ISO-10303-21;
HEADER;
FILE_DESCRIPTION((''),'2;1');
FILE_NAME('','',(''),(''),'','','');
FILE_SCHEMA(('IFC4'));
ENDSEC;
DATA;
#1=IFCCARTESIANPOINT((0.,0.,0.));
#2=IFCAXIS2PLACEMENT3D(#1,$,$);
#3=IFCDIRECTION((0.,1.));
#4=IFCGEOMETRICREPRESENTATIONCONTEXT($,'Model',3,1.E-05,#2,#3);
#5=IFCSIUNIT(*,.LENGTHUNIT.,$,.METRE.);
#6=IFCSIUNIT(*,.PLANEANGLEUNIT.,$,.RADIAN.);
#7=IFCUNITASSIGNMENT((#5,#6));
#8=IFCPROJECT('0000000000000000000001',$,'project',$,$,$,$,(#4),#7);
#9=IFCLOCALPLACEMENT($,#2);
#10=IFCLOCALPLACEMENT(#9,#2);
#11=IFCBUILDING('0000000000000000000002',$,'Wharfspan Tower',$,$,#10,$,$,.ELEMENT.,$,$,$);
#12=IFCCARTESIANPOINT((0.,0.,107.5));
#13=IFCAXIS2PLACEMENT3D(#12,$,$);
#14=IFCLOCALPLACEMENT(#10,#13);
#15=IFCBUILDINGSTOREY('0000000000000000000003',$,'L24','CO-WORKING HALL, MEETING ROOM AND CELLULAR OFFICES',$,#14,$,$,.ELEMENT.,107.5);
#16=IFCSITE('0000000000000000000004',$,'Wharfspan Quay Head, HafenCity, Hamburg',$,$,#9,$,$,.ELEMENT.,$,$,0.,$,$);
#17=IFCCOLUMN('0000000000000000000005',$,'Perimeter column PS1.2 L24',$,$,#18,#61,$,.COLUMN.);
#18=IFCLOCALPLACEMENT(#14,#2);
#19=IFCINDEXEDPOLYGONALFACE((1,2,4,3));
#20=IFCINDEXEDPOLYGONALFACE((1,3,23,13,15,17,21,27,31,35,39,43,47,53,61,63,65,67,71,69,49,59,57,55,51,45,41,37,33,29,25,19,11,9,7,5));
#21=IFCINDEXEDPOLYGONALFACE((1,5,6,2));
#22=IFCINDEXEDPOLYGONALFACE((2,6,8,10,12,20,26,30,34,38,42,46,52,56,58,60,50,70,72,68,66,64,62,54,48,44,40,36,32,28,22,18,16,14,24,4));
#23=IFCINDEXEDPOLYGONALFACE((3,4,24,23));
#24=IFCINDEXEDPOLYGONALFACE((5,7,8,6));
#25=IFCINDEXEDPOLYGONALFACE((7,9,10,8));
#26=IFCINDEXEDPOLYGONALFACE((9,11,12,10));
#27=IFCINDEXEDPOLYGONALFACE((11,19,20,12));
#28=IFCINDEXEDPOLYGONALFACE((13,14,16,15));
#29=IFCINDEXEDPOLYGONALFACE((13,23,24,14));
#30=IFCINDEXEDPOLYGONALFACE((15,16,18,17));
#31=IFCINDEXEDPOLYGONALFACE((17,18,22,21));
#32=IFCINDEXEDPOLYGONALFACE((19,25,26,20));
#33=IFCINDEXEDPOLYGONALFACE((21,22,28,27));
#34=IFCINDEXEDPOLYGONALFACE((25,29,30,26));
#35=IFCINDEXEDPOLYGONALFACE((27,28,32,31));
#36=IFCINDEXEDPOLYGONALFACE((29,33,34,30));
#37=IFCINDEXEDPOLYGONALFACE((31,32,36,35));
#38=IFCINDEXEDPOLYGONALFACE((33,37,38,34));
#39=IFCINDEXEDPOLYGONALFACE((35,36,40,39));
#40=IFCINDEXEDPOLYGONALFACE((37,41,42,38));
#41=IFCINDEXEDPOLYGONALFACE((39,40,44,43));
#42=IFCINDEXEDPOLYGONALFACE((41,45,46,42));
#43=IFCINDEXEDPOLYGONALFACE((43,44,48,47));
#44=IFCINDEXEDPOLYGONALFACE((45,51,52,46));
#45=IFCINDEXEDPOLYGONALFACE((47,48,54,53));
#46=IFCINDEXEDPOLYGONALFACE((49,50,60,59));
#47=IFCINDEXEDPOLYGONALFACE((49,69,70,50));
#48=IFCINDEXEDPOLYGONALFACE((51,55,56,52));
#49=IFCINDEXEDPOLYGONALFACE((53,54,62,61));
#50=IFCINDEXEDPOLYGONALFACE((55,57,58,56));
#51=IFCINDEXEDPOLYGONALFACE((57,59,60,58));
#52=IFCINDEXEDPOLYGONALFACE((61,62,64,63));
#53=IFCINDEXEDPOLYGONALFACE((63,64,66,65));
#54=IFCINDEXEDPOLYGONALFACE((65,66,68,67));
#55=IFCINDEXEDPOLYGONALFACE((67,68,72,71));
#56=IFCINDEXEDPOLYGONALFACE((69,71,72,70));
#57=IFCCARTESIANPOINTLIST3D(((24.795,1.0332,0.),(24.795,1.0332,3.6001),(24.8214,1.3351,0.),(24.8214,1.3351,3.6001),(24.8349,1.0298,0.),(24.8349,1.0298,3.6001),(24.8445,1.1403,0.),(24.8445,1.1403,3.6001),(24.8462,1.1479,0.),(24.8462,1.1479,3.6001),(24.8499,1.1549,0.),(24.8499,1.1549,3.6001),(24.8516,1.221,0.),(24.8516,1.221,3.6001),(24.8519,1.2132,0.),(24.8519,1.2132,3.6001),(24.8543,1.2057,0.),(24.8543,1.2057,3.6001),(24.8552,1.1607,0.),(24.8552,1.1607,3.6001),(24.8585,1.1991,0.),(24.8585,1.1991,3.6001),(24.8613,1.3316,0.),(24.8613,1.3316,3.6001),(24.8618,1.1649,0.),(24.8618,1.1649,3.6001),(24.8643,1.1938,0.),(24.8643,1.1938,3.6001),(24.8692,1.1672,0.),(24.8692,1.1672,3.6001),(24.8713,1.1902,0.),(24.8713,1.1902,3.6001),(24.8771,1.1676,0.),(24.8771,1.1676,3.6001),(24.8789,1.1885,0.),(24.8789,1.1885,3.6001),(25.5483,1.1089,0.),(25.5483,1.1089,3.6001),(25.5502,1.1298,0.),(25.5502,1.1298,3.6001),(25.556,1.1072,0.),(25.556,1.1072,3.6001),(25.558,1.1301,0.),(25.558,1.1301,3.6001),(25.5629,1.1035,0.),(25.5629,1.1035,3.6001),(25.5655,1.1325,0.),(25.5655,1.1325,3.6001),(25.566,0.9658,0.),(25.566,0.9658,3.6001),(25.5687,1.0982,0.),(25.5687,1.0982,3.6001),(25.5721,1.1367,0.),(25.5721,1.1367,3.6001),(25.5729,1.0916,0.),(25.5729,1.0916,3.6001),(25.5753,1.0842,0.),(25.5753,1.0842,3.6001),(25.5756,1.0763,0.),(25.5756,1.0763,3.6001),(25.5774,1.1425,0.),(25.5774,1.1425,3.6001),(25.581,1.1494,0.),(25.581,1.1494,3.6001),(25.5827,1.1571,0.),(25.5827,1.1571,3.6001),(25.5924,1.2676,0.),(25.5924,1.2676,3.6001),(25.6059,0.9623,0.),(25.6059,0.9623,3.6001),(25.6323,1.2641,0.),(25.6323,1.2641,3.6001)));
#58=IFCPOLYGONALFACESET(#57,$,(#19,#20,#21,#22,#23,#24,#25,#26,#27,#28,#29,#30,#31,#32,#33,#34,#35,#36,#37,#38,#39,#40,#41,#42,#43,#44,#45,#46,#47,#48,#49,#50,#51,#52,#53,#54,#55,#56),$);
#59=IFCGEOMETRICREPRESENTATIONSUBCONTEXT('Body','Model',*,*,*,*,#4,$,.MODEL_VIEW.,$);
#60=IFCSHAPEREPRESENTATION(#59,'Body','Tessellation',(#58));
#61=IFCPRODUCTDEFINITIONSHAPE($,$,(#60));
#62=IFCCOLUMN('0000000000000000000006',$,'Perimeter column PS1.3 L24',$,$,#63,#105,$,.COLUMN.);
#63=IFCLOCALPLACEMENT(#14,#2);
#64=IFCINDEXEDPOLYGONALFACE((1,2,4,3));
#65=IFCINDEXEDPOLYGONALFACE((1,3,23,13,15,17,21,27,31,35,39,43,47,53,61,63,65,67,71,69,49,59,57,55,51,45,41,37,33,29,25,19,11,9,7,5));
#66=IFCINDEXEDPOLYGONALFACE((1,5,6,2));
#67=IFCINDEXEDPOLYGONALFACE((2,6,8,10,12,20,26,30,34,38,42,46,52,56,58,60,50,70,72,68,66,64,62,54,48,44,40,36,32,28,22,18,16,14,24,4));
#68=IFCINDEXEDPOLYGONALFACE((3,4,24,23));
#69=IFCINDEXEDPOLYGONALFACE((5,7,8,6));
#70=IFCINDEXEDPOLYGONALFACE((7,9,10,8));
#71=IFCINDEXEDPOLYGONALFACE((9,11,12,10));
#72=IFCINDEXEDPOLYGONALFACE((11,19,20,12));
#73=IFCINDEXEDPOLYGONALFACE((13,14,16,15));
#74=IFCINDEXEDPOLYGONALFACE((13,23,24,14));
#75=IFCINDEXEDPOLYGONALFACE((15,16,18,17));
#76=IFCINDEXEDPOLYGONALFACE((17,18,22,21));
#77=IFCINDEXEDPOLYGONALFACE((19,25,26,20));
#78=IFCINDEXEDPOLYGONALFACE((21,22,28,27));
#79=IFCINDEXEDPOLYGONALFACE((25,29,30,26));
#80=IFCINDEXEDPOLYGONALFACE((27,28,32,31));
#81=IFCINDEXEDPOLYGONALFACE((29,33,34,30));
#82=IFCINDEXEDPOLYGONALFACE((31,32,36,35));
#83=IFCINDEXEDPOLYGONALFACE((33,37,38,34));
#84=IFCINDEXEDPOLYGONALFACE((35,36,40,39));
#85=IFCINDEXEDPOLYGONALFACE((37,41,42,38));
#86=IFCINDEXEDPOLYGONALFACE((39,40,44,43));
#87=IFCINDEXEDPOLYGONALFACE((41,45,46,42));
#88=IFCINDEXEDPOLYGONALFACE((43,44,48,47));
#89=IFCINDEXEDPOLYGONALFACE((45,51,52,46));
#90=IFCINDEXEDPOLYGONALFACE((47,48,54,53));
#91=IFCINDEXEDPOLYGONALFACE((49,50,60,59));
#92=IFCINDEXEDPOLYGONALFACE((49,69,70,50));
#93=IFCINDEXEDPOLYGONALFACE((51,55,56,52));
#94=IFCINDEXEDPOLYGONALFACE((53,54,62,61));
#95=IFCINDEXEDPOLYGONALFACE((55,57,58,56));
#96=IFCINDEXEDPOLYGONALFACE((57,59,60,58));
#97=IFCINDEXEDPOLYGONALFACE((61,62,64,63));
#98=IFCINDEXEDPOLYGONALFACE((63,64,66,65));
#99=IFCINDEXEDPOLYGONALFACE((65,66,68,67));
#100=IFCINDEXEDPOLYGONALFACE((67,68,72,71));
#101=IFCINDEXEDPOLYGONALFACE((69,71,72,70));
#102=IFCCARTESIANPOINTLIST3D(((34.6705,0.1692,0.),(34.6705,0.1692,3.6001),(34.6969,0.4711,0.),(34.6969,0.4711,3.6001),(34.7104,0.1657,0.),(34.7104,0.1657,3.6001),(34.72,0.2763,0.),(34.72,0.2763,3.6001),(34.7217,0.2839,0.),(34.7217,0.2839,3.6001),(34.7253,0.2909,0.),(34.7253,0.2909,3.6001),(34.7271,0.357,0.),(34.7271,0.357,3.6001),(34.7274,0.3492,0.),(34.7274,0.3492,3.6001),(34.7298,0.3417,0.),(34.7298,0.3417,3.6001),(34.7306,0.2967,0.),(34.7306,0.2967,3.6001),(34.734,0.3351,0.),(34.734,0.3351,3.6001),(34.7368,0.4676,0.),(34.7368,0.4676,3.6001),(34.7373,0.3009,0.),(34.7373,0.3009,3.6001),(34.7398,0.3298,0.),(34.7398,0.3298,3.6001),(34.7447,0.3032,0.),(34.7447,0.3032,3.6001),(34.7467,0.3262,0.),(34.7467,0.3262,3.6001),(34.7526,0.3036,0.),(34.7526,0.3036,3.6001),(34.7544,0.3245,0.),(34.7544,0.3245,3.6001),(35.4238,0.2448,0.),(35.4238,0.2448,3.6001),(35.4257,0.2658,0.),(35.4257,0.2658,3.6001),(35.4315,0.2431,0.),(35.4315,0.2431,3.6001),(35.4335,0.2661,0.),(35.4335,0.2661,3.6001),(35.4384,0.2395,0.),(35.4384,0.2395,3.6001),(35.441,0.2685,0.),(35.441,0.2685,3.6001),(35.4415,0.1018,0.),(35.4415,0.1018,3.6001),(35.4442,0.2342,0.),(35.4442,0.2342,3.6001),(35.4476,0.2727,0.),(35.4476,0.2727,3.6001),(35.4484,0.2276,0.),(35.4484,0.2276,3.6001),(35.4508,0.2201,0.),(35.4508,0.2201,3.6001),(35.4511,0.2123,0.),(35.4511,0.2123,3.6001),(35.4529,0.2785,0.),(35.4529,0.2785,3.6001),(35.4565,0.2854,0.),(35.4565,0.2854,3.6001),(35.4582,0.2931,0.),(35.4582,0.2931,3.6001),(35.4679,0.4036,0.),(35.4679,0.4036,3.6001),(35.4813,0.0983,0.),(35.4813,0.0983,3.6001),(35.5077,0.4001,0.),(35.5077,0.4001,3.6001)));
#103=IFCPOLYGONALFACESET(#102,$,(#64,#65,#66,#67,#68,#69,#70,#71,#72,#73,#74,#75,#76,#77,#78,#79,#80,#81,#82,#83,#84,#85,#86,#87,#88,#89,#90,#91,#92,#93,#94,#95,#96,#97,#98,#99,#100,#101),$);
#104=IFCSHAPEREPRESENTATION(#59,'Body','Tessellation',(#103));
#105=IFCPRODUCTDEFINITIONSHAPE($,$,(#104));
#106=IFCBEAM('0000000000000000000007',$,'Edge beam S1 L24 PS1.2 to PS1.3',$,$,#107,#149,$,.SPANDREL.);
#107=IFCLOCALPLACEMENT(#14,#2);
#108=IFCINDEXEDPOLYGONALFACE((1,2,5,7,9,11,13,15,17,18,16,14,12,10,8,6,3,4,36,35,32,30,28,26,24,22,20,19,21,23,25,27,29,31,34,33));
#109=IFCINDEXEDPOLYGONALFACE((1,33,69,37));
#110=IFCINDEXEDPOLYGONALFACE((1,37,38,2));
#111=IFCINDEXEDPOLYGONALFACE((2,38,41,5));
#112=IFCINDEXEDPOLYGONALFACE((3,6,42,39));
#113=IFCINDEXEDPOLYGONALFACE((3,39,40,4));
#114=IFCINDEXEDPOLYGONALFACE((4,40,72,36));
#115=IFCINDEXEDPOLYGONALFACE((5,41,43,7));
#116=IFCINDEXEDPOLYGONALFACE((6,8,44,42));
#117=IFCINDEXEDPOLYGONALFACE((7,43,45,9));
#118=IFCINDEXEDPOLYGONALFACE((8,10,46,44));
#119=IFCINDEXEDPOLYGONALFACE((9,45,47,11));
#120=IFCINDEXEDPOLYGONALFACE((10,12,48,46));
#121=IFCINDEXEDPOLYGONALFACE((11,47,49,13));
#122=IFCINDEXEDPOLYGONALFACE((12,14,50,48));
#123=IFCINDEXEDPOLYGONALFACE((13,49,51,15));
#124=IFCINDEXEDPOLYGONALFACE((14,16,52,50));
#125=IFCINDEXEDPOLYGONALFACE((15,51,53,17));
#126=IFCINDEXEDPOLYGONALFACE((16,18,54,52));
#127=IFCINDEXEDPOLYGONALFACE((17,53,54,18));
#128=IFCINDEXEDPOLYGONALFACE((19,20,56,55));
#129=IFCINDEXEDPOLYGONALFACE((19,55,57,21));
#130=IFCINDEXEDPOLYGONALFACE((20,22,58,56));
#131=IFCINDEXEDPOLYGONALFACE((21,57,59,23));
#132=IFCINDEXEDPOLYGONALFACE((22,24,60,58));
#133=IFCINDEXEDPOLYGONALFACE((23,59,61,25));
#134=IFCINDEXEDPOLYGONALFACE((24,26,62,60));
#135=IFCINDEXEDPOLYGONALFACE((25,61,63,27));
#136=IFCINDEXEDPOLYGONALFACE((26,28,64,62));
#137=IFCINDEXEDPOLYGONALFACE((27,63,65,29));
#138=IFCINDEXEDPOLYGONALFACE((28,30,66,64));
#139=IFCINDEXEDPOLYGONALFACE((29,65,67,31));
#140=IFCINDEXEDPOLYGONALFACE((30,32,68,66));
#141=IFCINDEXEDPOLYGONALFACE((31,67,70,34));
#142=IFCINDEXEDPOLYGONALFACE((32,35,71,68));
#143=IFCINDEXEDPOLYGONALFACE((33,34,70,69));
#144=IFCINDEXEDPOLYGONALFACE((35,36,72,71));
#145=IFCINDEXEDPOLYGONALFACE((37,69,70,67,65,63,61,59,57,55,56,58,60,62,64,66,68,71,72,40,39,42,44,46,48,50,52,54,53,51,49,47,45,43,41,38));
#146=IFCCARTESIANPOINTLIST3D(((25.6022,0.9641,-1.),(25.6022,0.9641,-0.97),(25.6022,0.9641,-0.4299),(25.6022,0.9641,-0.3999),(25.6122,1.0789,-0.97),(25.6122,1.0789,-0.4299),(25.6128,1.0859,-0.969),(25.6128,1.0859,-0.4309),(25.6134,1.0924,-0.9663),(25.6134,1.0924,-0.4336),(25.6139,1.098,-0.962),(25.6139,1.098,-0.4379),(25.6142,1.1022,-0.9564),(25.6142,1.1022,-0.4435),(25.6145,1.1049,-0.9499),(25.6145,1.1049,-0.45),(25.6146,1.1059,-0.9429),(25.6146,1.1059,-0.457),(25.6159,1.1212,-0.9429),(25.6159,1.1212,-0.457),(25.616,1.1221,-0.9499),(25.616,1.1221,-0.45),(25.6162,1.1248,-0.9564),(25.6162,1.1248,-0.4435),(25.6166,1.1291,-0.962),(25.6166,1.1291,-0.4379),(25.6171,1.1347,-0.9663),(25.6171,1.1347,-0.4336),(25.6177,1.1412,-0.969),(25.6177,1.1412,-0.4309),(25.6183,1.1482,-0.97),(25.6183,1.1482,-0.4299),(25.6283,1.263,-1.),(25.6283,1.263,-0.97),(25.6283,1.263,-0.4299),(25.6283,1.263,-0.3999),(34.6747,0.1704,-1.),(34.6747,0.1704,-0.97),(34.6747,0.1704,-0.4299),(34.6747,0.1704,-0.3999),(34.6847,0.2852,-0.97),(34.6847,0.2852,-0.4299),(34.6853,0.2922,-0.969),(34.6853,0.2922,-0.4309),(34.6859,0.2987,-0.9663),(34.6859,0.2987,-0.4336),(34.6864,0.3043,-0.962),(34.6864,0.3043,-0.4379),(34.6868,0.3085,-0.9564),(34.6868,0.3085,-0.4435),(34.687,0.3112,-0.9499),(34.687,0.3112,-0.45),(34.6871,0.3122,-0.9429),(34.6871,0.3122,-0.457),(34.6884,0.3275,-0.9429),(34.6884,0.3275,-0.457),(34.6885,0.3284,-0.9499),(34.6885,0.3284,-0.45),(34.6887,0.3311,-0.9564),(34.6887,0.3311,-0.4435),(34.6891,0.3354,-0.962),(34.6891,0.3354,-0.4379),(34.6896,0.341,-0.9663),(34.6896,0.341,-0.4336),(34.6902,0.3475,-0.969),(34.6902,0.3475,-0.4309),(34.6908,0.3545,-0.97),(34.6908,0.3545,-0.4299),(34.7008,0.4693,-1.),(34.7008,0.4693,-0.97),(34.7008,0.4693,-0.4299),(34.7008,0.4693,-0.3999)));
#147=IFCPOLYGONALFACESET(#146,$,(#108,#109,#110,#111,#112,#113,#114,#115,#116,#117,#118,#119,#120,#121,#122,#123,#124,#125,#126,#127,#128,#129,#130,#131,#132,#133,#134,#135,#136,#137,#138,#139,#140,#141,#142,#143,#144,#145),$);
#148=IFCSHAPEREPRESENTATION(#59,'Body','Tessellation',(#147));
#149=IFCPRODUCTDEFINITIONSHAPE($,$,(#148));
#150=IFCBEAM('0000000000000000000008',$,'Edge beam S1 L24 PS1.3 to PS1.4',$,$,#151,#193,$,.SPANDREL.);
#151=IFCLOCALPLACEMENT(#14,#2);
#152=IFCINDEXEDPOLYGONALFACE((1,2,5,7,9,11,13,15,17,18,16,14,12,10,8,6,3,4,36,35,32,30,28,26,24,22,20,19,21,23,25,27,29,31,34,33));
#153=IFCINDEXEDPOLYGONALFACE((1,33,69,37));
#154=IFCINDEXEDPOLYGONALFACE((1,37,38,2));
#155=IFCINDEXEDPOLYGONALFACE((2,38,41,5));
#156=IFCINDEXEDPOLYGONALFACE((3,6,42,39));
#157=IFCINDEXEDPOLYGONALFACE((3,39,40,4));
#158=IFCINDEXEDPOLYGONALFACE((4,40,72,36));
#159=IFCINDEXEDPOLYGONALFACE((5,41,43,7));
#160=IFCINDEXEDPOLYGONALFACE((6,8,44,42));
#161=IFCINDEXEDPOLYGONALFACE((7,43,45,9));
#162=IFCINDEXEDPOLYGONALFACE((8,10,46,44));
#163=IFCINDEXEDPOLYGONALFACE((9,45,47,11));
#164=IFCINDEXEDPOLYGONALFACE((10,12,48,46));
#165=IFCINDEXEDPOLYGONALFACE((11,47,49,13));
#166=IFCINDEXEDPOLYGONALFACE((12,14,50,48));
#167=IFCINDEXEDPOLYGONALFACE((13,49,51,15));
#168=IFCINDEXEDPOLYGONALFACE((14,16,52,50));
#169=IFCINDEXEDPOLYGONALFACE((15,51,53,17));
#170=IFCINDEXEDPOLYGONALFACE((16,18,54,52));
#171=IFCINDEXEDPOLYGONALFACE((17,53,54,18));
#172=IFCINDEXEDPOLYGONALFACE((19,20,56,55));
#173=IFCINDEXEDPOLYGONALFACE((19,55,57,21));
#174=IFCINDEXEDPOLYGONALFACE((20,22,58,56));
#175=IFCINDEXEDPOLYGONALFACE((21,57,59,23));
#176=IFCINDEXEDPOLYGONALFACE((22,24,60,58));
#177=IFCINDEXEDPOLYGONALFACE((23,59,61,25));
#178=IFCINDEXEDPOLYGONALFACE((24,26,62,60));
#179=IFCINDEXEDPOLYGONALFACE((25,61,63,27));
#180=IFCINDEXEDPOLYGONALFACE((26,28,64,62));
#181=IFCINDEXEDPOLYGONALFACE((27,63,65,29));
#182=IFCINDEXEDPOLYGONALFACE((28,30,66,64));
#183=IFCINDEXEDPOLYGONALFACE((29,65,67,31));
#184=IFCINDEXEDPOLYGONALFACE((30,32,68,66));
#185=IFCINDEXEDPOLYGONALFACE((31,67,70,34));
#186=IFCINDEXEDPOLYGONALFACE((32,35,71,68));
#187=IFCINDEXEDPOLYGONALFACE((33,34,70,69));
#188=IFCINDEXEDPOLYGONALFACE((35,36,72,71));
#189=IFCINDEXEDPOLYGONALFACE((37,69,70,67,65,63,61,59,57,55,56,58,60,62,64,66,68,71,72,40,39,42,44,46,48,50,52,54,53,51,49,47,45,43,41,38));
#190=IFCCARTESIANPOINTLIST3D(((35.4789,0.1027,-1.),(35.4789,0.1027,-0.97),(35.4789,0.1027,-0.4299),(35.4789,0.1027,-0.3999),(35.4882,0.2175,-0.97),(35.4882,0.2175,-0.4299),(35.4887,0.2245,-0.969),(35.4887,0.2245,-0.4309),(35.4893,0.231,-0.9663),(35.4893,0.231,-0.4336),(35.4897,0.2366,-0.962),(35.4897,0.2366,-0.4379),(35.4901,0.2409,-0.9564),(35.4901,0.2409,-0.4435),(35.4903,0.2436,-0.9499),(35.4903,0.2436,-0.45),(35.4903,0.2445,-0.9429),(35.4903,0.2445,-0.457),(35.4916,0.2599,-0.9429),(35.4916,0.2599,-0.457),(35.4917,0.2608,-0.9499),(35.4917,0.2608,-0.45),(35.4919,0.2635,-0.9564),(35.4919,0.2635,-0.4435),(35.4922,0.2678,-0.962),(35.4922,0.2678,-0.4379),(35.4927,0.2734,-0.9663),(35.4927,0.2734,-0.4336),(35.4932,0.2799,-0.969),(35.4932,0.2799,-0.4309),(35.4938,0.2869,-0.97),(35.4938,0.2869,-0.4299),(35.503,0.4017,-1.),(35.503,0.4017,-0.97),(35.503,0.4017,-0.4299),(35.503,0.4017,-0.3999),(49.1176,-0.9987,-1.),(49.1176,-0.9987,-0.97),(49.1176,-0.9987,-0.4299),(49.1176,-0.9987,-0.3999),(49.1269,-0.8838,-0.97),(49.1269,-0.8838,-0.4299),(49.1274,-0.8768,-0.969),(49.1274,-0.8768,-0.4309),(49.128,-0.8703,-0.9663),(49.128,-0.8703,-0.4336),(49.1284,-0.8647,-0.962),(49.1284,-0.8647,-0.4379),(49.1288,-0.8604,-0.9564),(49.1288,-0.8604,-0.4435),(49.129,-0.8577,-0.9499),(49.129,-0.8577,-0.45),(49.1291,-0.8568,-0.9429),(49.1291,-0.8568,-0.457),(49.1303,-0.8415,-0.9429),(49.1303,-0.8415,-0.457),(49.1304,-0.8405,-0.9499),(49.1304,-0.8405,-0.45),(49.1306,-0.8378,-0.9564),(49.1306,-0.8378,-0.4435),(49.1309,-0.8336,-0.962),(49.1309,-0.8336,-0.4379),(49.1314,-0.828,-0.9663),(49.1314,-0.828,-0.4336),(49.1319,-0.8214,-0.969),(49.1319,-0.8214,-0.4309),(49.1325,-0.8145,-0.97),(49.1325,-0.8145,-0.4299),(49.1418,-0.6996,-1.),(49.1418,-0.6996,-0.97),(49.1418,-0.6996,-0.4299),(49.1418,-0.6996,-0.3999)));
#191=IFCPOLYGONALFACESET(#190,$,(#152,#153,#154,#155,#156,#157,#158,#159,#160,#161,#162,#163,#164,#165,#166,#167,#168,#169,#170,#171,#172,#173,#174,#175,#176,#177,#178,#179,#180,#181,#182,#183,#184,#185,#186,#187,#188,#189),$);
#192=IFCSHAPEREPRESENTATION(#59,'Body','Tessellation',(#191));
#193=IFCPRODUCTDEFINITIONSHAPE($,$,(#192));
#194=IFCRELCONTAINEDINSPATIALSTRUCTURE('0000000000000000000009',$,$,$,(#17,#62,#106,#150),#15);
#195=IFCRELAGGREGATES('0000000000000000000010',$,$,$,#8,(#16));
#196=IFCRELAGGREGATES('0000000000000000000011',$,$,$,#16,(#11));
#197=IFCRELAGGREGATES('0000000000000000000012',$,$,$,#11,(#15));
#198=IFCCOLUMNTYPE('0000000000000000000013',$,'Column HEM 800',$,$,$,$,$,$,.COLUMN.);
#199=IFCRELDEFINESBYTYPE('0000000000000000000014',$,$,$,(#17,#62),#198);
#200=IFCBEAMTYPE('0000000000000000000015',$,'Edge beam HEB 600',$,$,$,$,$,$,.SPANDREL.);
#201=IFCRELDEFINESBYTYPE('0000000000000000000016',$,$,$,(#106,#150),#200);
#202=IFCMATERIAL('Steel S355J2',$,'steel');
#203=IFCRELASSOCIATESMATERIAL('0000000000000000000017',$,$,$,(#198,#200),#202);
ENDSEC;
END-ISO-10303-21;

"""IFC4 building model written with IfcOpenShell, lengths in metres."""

from ifc_helpers import new_model, si_unit, direction, frame, origin, origin_2d, place, context, subcontext, project, spatial, i_section, extrude, material, material_profile, profile_set, type_object, element, save


model = new_model("IFC4")

# Units and contexts
model_context = context("Model", 3, precision=1e-05, world=origin(), true_north=direction((0.0, 1.0)))
body_context = subcontext(model_context, "Body", "Model", "MODEL_VIEW")
ifc_project = project(units=[si_unit("LENGTHUNIT", "METRE"), si_unit("PLANEANGLEUNIT", "RADIAN")], contexts=[model_context])

# Site, building, storey
site_placement = place(None, origin())
site = spatial("IfcSite", under=ifc_project, at=site_placement, Name="Wharfspan Quay Head, HafenCity, Hamburg", CompositionType="ELEMENT", RefElevation=0.0)
building_placement = place(site_placement, origin())
building = spatial("IfcBuilding", under=site, at=building_placement, Name="Wharfspan Tower", CompositionType="ELEMENT")
storey_placement = place(building_placement, frame((0.0, 0.0, 107.5)))
storey = spatial("IfcBuildingStorey", under=building, at=storey_placement, Name="L24", Description="CO-WORKING HALL, MEETING ROOM AND CELLULAR OFFICES", CompositionType="ELEMENT", Elevation=107.5)

# Columns
ifc_material_1 = material(Name="Steel S355J2", Category="steel")
ifc_material_profile_1 = material_profile(ifc_material_1, i_section(OverallWidth=0.303, OverallDepth=0.814, WebThickness=0.021, FlangeThickness=0.04, FilletRadius=0.03, at=origin_2d()))
ifc_profile_set_1 = profile_set([ifc_material_profile_1], Name="Steel S355J2")
column_type = type_object("IfcColumnType", Name="Column HEM 800", PredefinedType="COLUMN", material=ifc_profile_set_1)
for number, where, z_axis, x_axis, name in (
    (1, (25.2136, 1.1487, 0.0), (0.0, 0.0, 1.0), (-0.087156, -0.996198, 0.0), "Perimeter column PS1.2 L24"),
    (2, (35.0891, 0.2847, 0.0), (0.0, 0.0, 1.0), (-0.087156, -0.996198, 0.0), "Perimeter column PS1.3 L24"),
):
    element("IfcColumn", number, at=place(storey_placement, frame(where, z_axis=z_axis, x_axis=x_axis)), inside=storey, type_object=column_type, Name=name, PredefinedType="COLUMN", context=body_context, shape_type="SweptSolid", body=[
        extrude(i_section(OverallWidth=0.303, OverallDepth=0.814, WebThickness=0.021, FlangeThickness=0.04, FilletRadius=0.03, at=origin_2d()), origin(), (0.0, 0.0, 1.0), 3.6001),
    ])

# Beams
ifc_material_profile_2 = material_profile(ifc_material_1, i_section(OverallWidth=0.3, OverallDepth=0.6001, WebThickness=0.0154, FlangeThickness=0.03, FilletRadius=0.0271, at=origin_2d()))
ifc_profile_set_2 = profile_set([ifc_material_profile_2], Name="Steel S355J2")
beam_type = type_object("IfcBeamType", Name="Edge beam HEB 600", PredefinedType="SPANDREL", material=ifc_profile_set_2)
beam_1_placement = place(storey_placement, frame((25.6152, 1.1135, -0.7), z_axis=(0.996195, -0.087151, 0.0), x_axis=(0.087151, 0.996195, 0.0)))
element("IfcBeam", 3, at=beam_1_placement, inside=storey, type_object=beam_type, Name="Edge beam S1 L24 PS1.2 to PS1.3", PredefinedType="SPANDREL", context=body_context, shape_type="SweptSolid", body=[
    extrude(i_section(OverallWidth=0.3, OverallDepth=0.6001, WebThickness=0.0154, FlangeThickness=0.03, FilletRadius=0.0271, at=origin_2d()), origin(), (0.0, 0.0, 1.0), 9.1072),
])
beam_2_placement = place(storey_placement, frame((35.491, 0.2522, -0.7), z_axis=(0.996756, -0.080488, 0.0), x_axis=(0.080488, 0.996756, 0.0)))
element("IfcBeam", 4, at=beam_2_placement, inside=storey, type_object=beam_type, Name="Edge beam S1 L24 PS1.3 to PS1.4", PredefinedType="SPANDREL", context=body_context, shape_type="SweptSolid", body=[
    extrude(i_section(OverallWidth=0.3, OverallDepth=0.6001, WebThickness=0.0154, FlangeThickness=0.03, FilletRadius=0.0271, at=origin_2d()), origin(), (0.0, 0.0, 1.0), 13.6831),
])

save(model, "model.ifc")
